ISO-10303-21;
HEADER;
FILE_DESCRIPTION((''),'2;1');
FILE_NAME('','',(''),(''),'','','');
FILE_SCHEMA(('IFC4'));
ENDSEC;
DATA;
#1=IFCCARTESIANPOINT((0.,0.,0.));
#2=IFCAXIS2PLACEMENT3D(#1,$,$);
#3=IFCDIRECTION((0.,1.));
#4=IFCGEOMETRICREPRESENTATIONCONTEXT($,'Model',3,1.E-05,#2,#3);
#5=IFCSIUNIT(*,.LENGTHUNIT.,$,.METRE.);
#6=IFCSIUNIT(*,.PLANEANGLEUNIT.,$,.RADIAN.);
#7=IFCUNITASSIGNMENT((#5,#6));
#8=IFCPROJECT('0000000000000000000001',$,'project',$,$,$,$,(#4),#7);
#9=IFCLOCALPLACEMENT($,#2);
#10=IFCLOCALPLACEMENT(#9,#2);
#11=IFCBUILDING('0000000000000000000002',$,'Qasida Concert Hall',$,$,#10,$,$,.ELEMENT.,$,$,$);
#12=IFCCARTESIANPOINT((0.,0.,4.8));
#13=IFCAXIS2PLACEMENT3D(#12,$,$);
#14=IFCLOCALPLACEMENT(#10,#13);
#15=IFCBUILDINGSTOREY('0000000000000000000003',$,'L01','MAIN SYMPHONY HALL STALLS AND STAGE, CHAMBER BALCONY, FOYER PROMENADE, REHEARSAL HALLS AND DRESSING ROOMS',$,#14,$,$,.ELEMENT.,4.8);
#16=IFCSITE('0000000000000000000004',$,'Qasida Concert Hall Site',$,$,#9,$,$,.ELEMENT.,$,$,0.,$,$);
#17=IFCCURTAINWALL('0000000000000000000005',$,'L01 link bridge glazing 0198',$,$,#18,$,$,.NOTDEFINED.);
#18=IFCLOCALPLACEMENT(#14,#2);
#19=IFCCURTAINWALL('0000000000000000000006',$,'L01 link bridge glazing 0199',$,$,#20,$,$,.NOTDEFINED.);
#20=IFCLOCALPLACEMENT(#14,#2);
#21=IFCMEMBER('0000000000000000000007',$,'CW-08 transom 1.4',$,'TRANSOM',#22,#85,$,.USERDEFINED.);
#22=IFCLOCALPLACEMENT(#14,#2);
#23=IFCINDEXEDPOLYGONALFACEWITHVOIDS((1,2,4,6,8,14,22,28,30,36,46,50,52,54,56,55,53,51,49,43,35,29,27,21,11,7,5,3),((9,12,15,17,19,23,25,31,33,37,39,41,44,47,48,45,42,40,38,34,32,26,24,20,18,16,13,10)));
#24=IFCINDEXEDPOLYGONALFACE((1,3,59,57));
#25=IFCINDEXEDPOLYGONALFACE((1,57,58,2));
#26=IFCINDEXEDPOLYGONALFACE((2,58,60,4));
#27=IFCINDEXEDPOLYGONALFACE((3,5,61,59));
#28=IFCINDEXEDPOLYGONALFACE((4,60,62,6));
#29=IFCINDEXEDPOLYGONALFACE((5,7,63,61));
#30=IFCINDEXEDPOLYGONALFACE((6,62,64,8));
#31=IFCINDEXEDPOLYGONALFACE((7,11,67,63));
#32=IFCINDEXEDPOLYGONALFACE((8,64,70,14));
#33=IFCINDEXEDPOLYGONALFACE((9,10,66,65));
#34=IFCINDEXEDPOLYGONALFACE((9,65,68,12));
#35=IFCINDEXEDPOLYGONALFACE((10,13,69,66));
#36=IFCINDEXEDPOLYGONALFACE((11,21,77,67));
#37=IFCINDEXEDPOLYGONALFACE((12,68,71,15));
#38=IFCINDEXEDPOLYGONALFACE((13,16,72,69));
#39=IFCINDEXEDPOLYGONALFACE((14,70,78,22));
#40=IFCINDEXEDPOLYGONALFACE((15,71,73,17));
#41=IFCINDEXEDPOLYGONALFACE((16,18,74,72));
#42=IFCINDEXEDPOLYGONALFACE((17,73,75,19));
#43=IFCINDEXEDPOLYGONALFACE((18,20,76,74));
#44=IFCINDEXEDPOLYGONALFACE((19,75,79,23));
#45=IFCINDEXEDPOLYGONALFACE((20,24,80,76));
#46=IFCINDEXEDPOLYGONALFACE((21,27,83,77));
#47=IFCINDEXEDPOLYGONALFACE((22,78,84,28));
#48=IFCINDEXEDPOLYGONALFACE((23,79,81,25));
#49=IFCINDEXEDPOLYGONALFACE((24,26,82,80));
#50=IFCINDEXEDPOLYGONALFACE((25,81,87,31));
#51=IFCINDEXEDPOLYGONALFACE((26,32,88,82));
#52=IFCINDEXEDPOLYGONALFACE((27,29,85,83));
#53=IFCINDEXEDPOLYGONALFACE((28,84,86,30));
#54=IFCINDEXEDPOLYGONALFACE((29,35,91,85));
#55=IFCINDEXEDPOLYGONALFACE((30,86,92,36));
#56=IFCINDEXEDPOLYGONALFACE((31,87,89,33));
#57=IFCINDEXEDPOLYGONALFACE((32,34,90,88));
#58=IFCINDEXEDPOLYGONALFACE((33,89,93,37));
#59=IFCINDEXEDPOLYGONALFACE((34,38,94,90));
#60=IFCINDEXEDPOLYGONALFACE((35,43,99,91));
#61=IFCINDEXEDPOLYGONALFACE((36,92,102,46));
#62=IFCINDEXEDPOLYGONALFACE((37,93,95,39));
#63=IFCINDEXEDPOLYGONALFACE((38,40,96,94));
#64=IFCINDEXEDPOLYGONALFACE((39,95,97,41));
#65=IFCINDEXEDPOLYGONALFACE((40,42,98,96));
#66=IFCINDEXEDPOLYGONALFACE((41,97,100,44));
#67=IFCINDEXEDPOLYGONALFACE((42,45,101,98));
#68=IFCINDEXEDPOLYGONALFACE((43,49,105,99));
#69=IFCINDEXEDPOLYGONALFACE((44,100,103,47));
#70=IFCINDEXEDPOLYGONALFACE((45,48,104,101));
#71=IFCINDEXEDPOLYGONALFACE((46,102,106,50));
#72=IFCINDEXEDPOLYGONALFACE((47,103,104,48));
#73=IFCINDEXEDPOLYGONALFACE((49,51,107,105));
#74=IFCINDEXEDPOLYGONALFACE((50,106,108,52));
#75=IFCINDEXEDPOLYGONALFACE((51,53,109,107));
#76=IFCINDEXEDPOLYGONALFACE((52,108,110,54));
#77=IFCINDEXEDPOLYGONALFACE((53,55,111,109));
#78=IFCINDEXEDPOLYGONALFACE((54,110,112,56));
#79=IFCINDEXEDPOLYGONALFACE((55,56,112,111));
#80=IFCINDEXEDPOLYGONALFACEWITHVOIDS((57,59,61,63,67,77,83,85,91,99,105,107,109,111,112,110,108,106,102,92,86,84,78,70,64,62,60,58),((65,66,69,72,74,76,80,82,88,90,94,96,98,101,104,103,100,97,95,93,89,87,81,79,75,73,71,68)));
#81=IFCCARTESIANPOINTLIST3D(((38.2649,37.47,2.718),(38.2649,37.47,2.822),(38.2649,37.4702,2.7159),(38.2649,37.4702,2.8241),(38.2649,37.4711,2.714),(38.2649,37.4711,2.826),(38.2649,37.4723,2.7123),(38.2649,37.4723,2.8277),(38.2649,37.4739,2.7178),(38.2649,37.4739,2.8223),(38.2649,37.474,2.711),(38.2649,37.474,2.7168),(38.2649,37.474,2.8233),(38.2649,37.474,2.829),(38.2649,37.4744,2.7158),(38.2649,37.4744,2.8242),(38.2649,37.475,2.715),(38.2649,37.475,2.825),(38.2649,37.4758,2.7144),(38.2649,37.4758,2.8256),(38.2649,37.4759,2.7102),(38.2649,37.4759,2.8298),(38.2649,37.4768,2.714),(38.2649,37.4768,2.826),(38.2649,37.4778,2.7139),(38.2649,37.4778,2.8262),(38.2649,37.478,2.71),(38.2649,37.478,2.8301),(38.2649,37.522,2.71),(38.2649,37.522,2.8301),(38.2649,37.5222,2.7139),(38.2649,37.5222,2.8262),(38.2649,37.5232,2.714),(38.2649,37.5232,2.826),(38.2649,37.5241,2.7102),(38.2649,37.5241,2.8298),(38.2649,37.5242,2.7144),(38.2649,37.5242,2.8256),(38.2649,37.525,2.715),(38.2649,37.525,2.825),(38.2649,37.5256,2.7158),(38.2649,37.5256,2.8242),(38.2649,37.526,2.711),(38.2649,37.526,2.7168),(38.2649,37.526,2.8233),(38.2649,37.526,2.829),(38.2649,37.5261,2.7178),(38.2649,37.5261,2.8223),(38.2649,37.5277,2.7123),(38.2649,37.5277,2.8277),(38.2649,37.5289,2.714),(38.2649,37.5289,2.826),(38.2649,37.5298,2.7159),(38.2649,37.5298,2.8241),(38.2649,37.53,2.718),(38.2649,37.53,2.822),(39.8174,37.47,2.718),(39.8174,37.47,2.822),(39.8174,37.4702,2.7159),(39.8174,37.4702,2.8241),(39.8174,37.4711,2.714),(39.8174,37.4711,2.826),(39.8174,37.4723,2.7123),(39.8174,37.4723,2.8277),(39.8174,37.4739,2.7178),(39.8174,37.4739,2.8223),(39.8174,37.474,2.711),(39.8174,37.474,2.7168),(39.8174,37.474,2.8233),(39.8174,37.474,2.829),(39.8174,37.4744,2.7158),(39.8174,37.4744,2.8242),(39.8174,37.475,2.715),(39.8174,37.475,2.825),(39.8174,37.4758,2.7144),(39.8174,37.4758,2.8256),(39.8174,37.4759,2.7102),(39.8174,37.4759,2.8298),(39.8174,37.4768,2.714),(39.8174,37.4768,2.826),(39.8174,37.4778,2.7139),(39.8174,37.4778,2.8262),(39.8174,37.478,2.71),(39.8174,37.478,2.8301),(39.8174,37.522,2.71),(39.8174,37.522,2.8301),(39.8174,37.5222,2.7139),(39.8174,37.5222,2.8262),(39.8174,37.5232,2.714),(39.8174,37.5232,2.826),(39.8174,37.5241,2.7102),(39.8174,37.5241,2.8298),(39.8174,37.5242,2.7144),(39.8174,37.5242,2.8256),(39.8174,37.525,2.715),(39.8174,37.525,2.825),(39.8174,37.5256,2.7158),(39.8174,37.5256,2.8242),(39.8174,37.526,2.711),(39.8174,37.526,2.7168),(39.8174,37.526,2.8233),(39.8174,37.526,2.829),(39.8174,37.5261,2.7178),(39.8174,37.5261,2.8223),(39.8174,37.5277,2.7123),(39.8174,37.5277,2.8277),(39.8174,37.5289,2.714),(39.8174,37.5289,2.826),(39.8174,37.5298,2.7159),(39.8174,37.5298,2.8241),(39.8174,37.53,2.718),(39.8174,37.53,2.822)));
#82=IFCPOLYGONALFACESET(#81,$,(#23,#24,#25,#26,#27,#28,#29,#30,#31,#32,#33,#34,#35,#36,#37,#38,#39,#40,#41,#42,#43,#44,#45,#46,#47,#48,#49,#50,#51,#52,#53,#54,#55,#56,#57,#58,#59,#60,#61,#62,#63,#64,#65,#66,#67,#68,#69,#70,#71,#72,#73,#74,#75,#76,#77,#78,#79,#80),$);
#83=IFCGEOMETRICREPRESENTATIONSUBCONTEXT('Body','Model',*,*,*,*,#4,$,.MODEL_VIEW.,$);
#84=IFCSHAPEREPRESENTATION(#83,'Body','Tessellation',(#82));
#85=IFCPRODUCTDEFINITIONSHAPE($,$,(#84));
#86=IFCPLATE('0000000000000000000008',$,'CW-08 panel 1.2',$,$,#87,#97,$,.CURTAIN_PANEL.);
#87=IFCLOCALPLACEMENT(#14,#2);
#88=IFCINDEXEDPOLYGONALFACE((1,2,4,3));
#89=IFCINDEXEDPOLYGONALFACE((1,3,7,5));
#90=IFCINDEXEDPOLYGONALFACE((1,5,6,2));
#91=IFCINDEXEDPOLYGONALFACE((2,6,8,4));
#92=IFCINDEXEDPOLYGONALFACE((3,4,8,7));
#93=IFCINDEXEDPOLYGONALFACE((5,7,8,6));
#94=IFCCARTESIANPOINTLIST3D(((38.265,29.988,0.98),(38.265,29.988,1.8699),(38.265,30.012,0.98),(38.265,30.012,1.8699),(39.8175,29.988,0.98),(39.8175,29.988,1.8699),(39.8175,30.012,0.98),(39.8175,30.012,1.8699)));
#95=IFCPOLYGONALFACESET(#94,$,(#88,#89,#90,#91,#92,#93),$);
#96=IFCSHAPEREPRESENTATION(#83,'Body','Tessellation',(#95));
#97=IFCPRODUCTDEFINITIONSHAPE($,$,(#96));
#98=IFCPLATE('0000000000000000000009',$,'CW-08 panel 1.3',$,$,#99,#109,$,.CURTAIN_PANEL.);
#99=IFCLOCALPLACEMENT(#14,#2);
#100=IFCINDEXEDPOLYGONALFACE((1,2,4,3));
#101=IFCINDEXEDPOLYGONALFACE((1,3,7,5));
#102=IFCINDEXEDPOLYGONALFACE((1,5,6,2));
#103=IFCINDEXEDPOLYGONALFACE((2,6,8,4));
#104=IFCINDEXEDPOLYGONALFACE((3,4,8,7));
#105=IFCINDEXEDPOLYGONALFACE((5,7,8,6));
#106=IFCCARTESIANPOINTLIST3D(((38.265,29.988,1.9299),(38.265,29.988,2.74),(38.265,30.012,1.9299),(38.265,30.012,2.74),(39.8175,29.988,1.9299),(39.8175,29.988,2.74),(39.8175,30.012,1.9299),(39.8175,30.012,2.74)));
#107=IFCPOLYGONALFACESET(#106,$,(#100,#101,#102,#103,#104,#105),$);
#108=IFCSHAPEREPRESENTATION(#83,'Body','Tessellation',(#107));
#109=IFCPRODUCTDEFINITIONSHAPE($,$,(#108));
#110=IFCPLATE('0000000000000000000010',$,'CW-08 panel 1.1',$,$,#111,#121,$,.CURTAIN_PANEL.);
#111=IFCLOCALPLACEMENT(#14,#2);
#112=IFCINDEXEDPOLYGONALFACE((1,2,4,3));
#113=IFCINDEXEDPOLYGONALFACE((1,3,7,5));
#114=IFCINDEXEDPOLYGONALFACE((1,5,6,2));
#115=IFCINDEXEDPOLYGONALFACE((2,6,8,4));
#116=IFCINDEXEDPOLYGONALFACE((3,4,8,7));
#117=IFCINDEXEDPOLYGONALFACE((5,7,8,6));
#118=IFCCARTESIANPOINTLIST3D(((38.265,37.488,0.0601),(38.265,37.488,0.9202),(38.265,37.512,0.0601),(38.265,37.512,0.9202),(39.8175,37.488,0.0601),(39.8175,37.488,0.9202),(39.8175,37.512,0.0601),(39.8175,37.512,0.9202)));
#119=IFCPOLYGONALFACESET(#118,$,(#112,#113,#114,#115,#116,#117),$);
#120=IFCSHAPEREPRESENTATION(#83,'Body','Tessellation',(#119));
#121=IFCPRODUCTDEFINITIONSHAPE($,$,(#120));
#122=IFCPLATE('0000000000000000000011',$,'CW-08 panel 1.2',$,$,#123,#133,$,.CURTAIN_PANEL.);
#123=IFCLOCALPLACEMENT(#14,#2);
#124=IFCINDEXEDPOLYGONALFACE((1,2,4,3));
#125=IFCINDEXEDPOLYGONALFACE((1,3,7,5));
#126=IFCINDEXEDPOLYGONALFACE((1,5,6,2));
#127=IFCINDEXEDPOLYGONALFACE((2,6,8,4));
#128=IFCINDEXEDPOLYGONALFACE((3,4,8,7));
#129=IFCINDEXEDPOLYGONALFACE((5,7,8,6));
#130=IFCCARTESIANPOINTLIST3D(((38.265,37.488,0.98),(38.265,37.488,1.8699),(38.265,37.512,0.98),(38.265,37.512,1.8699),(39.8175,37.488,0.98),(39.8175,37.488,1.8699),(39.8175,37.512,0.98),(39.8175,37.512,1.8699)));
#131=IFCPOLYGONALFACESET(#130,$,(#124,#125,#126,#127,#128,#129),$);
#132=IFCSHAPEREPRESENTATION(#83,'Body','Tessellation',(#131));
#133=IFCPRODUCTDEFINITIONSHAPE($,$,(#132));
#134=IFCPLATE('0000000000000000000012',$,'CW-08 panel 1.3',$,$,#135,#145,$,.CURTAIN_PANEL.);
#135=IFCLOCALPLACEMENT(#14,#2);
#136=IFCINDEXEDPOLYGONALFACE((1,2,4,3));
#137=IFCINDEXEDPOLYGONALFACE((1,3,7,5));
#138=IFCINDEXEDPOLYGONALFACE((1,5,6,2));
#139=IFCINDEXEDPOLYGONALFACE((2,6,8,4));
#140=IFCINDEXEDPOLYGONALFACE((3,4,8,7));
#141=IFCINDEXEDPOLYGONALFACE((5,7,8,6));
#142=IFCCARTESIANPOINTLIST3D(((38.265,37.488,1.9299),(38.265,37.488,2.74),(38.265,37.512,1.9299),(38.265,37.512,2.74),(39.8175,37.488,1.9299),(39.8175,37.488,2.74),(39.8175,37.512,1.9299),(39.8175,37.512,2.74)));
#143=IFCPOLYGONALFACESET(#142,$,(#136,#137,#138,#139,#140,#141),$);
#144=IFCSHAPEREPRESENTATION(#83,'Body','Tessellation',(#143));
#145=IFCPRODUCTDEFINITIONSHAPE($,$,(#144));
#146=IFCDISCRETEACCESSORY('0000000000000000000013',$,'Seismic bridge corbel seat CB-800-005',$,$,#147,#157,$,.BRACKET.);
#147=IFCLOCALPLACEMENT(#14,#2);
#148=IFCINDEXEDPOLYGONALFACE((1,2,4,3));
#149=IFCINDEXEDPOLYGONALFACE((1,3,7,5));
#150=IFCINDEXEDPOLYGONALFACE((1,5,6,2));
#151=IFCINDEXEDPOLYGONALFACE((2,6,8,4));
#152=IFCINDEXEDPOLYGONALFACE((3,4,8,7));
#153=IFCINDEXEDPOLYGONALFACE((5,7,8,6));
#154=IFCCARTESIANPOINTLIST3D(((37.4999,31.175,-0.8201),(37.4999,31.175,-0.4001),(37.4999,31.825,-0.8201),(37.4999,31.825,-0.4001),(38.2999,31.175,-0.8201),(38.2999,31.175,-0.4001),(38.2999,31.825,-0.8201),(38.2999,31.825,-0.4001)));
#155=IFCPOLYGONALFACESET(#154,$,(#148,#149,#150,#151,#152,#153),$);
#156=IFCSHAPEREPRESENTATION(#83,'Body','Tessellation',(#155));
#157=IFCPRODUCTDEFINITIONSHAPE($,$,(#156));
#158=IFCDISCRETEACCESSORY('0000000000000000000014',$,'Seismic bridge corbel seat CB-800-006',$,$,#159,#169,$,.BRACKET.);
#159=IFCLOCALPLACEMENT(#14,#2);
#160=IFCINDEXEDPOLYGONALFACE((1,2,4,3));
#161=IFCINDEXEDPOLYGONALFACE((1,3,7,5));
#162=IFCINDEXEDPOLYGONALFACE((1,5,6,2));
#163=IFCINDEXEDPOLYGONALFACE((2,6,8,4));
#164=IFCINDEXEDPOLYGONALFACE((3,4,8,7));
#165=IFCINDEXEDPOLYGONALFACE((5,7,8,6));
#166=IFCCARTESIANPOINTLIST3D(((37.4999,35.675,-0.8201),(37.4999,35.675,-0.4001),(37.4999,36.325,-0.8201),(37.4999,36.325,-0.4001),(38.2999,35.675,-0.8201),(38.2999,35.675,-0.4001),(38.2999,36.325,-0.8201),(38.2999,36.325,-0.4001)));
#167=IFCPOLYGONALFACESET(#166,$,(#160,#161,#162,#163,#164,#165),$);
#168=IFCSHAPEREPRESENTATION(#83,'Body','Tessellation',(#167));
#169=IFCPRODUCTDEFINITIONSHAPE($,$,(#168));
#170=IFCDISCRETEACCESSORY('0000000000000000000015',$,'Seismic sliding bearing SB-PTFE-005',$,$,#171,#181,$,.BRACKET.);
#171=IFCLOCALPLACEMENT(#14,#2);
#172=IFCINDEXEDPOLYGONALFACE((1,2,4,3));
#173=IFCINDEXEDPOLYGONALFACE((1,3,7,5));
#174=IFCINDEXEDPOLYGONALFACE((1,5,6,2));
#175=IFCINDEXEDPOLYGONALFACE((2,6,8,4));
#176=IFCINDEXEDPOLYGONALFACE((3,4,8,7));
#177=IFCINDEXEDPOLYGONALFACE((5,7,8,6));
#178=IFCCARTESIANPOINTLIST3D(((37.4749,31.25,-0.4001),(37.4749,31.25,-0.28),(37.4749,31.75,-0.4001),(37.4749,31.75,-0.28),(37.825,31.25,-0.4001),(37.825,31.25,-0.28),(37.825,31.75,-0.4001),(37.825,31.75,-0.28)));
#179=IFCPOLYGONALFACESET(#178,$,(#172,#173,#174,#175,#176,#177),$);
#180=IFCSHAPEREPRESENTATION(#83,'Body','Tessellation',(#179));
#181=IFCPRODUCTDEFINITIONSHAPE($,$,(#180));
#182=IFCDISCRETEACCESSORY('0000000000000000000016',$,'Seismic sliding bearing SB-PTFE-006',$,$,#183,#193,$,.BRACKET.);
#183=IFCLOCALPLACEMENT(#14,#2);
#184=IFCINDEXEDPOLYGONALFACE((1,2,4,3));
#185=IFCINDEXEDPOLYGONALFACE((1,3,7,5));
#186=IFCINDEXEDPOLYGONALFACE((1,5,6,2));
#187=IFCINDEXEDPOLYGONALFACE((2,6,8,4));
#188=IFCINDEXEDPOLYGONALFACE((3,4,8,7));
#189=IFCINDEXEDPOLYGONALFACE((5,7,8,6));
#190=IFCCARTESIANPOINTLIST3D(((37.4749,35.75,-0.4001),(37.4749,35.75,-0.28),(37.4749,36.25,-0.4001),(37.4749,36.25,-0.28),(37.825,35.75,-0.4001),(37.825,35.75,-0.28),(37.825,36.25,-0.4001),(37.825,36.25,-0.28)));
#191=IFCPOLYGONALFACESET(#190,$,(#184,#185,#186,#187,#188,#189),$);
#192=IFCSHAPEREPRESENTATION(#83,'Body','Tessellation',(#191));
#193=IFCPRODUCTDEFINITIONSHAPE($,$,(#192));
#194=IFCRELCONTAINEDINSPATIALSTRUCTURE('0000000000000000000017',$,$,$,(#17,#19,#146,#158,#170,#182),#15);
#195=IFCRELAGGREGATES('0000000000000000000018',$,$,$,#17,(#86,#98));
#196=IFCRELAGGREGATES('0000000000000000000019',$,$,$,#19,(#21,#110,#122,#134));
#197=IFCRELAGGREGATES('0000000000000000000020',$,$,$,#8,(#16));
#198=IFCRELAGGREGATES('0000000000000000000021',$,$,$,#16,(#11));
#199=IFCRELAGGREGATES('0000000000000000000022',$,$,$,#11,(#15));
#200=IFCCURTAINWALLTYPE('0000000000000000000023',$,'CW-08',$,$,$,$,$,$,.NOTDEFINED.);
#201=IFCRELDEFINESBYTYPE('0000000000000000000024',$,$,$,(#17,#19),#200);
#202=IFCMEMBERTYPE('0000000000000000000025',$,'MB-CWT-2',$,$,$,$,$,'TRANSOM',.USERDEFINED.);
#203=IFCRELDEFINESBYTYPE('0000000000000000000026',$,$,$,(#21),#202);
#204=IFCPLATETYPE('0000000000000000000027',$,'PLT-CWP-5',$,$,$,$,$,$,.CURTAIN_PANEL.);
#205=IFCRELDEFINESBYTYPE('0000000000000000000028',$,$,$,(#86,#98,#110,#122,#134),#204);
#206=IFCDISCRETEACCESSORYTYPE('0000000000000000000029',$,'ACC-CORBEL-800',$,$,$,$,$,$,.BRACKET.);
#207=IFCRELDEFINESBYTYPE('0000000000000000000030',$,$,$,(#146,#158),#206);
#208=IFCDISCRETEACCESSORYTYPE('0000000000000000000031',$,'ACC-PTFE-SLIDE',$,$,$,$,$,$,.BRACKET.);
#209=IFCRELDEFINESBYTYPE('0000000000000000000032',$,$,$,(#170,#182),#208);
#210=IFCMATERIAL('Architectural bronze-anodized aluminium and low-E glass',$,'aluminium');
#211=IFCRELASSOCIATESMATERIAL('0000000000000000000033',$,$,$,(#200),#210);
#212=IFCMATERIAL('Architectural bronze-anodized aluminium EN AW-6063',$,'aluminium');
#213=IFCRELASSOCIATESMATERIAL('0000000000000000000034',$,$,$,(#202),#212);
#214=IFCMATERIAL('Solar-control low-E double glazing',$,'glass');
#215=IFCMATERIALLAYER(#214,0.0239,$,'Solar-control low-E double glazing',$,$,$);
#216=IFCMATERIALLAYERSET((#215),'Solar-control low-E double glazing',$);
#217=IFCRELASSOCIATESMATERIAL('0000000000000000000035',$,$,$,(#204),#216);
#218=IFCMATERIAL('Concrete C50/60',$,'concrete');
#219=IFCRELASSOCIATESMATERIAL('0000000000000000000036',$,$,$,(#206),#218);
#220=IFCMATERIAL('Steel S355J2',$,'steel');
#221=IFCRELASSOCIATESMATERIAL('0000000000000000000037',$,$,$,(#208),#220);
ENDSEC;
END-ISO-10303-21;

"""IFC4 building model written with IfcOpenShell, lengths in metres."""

from ifc_helpers import new_model, si_unit, direction, frame, origin, origin_2d, place, context, subcontext, project, spatial, rectangle, hollow_rectangle, extrude, material, layer, layer_set, material_profile, profile_set, type_object, element, aggregate, save


model = new_model("IFC4")

# Units and contexts
model_context = context("Model", 3, precision=1e-05, world=origin(), true_north=direction((0.0, 1.0)))
body_context = subcontext(model_context, "Body", "Model", "MODEL_VIEW")
ifc_project = project(units=[si_unit("LENGTHUNIT", "METRE"), si_unit("PLANEANGLEUNIT", "RADIAN")], contexts=[model_context])

# Site, building, storey
site_placement = place(None, origin())
site = spatial("IfcSite", under=ifc_project, at=site_placement, Name="Qasida Concert Hall Site", CompositionType="ELEMENT", RefElevation=0.0)
building_placement = place(site_placement, origin())
building = spatial("IfcBuilding", under=site, at=building_placement, Name="Qasida Concert Hall", CompositionType="ELEMENT")
storey_placement = place(building_placement, frame((0.0, 0.0, 4.8)))
storey = spatial("IfcBuildingStorey", under=building, at=storey_placement, Name="L01", Description="MAIN SYMPHONY HALL STALLS AND STAGE, CHAMBER BALCONY, FOYER PROMENADE, REHEARSAL HALLS AND DRESSING ROOMS", CompositionType="ELEMENT", Elevation=4.8)

# Shared definitions
ifc_material_1 = material(Name="Concrete C50/60", Category="concrete")

# Curtain wall
ifc_material_2 = material(Name="Architectural bronze-anodized aluminium and low-E glass", Category="aluminium")
curtain_wall_type = type_object("IfcCurtainWallType", Name="CW-08", PredefinedType="NOTDEFINED", material=ifc_material_2)
curtain_wall_1_placement = place(storey_placement, origin())
curtain_wall_1 = element("IfcCurtainWall", 1, at=curtain_wall_1_placement, inside=storey, type_object=curtain_wall_type, Name="L01 link bridge glazing 0198", PredefinedType="NOTDEFINED")
ifc_material_3 = material(Name="Architectural bronze-anodized aluminium EN AW-6063", Category="aluminium")

# Curtain wall
curtain_wall_2_placement = place(storey_placement, origin())
curtain_wall_2 = element("IfcCurtainWall", 2, at=curtain_wall_2_placement, inside=storey, type_object=curtain_wall_type, Name="L01 link bridge glazing 0199", PredefinedType="NOTDEFINED")

# Member
ifc_material_profile_1 = material_profile(ifc_material_3, hollow_rectangle(XDim=0.0601, YDim=0.1201, WallThickness=0.0039, InnerFilletRadius=0.0039, OuterFilletRadius=0.0081, at=origin_2d()), Name="CWT 120x60x4")
ifc_profile_set_1 = profile_set([ifc_material_profile_1], Name="Architectural bronze-anodized aluminium EN AW-6063")
member_type_1 = type_object("IfcMemberType", Name="MB-CWT-2", ElementType="TRANSOM", PredefinedType="USERDEFINED", material=ifc_profile_set_1)
member_1_placement = place(storey_placement, frame((38.2649, 37.5, 2.77), z_axis=(1.0, 0.0, 0.0), x_axis=(0.0, 1.0, 0.0)))
member_1 = element("IfcMember", 3, at=member_1_placement, type_object=member_type_1, Name="CW-08 transom 1.4", ObjectType="TRANSOM", PredefinedType="USERDEFINED", context=body_context, shape_type="SweptSolid", body=[
    extrude(hollow_rectangle(XDim=0.0601, YDim=0.1201, WallThickness=0.0039, InnerFilletRadius=0.0039, OuterFilletRadius=0.0081, at=origin_2d()), origin(), (0.0, 0.0, 1.0), 1.5525),
])

# Plates
ifc_material_4 = material(Name="Solar-control low-E double glazing", Category="glass")
ifc_layer_1 = layer(ifc_material_4, 0.0239, Name="Solar-control low-E double glazing")
ifc_layer_set_1 = layer_set([ifc_layer_1], Name="Solar-control low-E double glazing")
plate_type = type_object("IfcPlateType", Name="PLT-CWP-5", PredefinedType="CURTAIN_PANEL", material=ifc_layer_set_1)
plate_1_placement = place(storey_placement, frame((39.0413, 30.0, 0.98), z_axis=(0.0, 0.0, 1.0), x_axis=(1.0, 0.0, 0.0)))
plate_1 = element("IfcPlate", 4, at=plate_1_placement, type_object=plate_type, Name="CW-08 panel 1.2", PredefinedType="CURTAIN_PANEL", context=body_context, shape_type="SweptSolid", body=[
    extrude(rectangle(XDim=1.5525, YDim=0.0239, at=origin_2d()), origin(), (0.0, 0.0, 1.0), 0.8899),
])
plate_2_placement = place(storey_placement, frame((39.0413, 30.0, 1.9299), z_axis=(0.0, 0.0, 1.0), x_axis=(1.0, 0.0, 0.0)))
plate_2 = element("IfcPlate", 5, at=plate_2_placement, type_object=plate_type, Name="CW-08 panel 1.3", PredefinedType="CURTAIN_PANEL", context=body_context, shape_type="SweptSolid", body=[
    extrude(rectangle(XDim=1.5525, YDim=0.0239, at=origin_2d()), origin(), (0.0, 0.0, 1.0), 0.8101),
])
aggregate(curtain_wall_1, [plate_1, plate_2])
plate_3_placement = place(storey_placement, frame((39.0413, 37.5, 0.0601), z_axis=(0.0, 0.0, 1.0), x_axis=(1.0, 0.0, 0.0)))
plate_3 = element("IfcPlate", 6, at=plate_3_placement, type_object=plate_type, Name="CW-08 panel 1.1", PredefinedType="CURTAIN_PANEL", context=body_context, shape_type="SweptSolid", body=[
    extrude(rectangle(XDim=1.5525, YDim=0.0239, at=origin_2d()), origin(), (0.0, 0.0, 1.0), 0.8601),
])
plate_4_placement = place(storey_placement, frame((39.0413, 37.5, 0.98), z_axis=(0.0, 0.0, 1.0), x_axis=(1.0, 0.0, 0.0)))
plate_4 = element("IfcPlate", 7, at=plate_4_placement, type_object=plate_type, Name="CW-08 panel 1.2", PredefinedType="CURTAIN_PANEL", context=body_context, shape_type="SweptSolid", body=[
    extrude(rectangle(XDim=1.5525, YDim=0.0239, at=origin_2d()), origin(), (0.0, 0.0, 1.0), 0.8899),
])
plate_5_placement = place(storey_placement, frame((39.0413, 37.5, 1.9299), z_axis=(0.0, 0.0, 1.0), x_axis=(1.0, 0.0, 0.0)))
plate_5 = element("IfcPlate", 8, at=plate_5_placement, type_object=plate_type, Name="CW-08 panel 1.3", PredefinedType="CURTAIN_PANEL", context=body_context, shape_type="SweptSolid", body=[
    extrude(rectangle(XDim=1.5525, YDim=0.0239, at=origin_2d()), origin(), (0.0, 0.0, 1.0), 0.8101),
])
aggregate(curtain_wall_2, [member_1, plate_3, plate_4, plate_5])

# Discrete accessories
discrete_accessory_type_1 = type_object("IfcDiscreteAccessoryType", Name="ACC-CORBEL-800", PredefinedType="BRACKET", material=ifc_material_1)
for number, where, z_axis, x_axis, name in (
    (9, (37.8999, 31.5, -0.8201), (0.0, 0.0, 1.0), (1.0, 0.0, 0.0), "Seismic bridge corbel seat CB-800-005"),
    (10, (37.8999, 36.0, -0.8201), (0.0, 0.0, 1.0), (1.0, 0.0, 0.0), "Seismic bridge corbel seat CB-800-006"),
):
    element("IfcDiscreteAccessory", number, at=place(storey_placement, frame(where, z_axis=z_axis, x_axis=x_axis)), inside=storey, type_object=discrete_accessory_type_1, Name=name, PredefinedType="BRACKET", context=body_context, shape_type="SweptSolid", body=[
        extrude(rectangle(XDim=0.8, YDim=0.6499, at=origin_2d()), origin(), (0.0, 0.0, 1.0), 0.4199),
    ])
ifc_material_5 = material(Name="Steel S355J2", Category="steel")
discrete_accessory_type_2 = type_object("IfcDiscreteAccessoryType", Name="ACC-PTFE-SLIDE", PredefinedType="BRACKET", material=ifc_material_5)
for number, where, z_axis, x_axis, name in (
    (11, (37.6499, 31.5, -0.4001), (0.0, 0.0, 1.0), (1.0, 0.0, 0.0), "Seismic sliding bearing SB-PTFE-005"),
    (12, (37.6499, 36.0, -0.4001), (0.0, 0.0, 1.0), (1.0, 0.0, 0.0), "Seismic sliding bearing SB-PTFE-006"),
):
    element("IfcDiscreteAccessory", number, at=place(storey_placement, frame(where, z_axis=z_axis, x_axis=x_axis)), inside=storey, type_object=discrete_accessory_type_2, Name=name, PredefinedType="BRACKET", context=body_context, shape_type="SweptSolid", body=[
        extrude(rectangle(XDim=0.3501, YDim=0.5, at=origin_2d()), origin(), (0.0, 0.0, 1.0), 0.1201),
    ])

save(model, "model.ifc")
